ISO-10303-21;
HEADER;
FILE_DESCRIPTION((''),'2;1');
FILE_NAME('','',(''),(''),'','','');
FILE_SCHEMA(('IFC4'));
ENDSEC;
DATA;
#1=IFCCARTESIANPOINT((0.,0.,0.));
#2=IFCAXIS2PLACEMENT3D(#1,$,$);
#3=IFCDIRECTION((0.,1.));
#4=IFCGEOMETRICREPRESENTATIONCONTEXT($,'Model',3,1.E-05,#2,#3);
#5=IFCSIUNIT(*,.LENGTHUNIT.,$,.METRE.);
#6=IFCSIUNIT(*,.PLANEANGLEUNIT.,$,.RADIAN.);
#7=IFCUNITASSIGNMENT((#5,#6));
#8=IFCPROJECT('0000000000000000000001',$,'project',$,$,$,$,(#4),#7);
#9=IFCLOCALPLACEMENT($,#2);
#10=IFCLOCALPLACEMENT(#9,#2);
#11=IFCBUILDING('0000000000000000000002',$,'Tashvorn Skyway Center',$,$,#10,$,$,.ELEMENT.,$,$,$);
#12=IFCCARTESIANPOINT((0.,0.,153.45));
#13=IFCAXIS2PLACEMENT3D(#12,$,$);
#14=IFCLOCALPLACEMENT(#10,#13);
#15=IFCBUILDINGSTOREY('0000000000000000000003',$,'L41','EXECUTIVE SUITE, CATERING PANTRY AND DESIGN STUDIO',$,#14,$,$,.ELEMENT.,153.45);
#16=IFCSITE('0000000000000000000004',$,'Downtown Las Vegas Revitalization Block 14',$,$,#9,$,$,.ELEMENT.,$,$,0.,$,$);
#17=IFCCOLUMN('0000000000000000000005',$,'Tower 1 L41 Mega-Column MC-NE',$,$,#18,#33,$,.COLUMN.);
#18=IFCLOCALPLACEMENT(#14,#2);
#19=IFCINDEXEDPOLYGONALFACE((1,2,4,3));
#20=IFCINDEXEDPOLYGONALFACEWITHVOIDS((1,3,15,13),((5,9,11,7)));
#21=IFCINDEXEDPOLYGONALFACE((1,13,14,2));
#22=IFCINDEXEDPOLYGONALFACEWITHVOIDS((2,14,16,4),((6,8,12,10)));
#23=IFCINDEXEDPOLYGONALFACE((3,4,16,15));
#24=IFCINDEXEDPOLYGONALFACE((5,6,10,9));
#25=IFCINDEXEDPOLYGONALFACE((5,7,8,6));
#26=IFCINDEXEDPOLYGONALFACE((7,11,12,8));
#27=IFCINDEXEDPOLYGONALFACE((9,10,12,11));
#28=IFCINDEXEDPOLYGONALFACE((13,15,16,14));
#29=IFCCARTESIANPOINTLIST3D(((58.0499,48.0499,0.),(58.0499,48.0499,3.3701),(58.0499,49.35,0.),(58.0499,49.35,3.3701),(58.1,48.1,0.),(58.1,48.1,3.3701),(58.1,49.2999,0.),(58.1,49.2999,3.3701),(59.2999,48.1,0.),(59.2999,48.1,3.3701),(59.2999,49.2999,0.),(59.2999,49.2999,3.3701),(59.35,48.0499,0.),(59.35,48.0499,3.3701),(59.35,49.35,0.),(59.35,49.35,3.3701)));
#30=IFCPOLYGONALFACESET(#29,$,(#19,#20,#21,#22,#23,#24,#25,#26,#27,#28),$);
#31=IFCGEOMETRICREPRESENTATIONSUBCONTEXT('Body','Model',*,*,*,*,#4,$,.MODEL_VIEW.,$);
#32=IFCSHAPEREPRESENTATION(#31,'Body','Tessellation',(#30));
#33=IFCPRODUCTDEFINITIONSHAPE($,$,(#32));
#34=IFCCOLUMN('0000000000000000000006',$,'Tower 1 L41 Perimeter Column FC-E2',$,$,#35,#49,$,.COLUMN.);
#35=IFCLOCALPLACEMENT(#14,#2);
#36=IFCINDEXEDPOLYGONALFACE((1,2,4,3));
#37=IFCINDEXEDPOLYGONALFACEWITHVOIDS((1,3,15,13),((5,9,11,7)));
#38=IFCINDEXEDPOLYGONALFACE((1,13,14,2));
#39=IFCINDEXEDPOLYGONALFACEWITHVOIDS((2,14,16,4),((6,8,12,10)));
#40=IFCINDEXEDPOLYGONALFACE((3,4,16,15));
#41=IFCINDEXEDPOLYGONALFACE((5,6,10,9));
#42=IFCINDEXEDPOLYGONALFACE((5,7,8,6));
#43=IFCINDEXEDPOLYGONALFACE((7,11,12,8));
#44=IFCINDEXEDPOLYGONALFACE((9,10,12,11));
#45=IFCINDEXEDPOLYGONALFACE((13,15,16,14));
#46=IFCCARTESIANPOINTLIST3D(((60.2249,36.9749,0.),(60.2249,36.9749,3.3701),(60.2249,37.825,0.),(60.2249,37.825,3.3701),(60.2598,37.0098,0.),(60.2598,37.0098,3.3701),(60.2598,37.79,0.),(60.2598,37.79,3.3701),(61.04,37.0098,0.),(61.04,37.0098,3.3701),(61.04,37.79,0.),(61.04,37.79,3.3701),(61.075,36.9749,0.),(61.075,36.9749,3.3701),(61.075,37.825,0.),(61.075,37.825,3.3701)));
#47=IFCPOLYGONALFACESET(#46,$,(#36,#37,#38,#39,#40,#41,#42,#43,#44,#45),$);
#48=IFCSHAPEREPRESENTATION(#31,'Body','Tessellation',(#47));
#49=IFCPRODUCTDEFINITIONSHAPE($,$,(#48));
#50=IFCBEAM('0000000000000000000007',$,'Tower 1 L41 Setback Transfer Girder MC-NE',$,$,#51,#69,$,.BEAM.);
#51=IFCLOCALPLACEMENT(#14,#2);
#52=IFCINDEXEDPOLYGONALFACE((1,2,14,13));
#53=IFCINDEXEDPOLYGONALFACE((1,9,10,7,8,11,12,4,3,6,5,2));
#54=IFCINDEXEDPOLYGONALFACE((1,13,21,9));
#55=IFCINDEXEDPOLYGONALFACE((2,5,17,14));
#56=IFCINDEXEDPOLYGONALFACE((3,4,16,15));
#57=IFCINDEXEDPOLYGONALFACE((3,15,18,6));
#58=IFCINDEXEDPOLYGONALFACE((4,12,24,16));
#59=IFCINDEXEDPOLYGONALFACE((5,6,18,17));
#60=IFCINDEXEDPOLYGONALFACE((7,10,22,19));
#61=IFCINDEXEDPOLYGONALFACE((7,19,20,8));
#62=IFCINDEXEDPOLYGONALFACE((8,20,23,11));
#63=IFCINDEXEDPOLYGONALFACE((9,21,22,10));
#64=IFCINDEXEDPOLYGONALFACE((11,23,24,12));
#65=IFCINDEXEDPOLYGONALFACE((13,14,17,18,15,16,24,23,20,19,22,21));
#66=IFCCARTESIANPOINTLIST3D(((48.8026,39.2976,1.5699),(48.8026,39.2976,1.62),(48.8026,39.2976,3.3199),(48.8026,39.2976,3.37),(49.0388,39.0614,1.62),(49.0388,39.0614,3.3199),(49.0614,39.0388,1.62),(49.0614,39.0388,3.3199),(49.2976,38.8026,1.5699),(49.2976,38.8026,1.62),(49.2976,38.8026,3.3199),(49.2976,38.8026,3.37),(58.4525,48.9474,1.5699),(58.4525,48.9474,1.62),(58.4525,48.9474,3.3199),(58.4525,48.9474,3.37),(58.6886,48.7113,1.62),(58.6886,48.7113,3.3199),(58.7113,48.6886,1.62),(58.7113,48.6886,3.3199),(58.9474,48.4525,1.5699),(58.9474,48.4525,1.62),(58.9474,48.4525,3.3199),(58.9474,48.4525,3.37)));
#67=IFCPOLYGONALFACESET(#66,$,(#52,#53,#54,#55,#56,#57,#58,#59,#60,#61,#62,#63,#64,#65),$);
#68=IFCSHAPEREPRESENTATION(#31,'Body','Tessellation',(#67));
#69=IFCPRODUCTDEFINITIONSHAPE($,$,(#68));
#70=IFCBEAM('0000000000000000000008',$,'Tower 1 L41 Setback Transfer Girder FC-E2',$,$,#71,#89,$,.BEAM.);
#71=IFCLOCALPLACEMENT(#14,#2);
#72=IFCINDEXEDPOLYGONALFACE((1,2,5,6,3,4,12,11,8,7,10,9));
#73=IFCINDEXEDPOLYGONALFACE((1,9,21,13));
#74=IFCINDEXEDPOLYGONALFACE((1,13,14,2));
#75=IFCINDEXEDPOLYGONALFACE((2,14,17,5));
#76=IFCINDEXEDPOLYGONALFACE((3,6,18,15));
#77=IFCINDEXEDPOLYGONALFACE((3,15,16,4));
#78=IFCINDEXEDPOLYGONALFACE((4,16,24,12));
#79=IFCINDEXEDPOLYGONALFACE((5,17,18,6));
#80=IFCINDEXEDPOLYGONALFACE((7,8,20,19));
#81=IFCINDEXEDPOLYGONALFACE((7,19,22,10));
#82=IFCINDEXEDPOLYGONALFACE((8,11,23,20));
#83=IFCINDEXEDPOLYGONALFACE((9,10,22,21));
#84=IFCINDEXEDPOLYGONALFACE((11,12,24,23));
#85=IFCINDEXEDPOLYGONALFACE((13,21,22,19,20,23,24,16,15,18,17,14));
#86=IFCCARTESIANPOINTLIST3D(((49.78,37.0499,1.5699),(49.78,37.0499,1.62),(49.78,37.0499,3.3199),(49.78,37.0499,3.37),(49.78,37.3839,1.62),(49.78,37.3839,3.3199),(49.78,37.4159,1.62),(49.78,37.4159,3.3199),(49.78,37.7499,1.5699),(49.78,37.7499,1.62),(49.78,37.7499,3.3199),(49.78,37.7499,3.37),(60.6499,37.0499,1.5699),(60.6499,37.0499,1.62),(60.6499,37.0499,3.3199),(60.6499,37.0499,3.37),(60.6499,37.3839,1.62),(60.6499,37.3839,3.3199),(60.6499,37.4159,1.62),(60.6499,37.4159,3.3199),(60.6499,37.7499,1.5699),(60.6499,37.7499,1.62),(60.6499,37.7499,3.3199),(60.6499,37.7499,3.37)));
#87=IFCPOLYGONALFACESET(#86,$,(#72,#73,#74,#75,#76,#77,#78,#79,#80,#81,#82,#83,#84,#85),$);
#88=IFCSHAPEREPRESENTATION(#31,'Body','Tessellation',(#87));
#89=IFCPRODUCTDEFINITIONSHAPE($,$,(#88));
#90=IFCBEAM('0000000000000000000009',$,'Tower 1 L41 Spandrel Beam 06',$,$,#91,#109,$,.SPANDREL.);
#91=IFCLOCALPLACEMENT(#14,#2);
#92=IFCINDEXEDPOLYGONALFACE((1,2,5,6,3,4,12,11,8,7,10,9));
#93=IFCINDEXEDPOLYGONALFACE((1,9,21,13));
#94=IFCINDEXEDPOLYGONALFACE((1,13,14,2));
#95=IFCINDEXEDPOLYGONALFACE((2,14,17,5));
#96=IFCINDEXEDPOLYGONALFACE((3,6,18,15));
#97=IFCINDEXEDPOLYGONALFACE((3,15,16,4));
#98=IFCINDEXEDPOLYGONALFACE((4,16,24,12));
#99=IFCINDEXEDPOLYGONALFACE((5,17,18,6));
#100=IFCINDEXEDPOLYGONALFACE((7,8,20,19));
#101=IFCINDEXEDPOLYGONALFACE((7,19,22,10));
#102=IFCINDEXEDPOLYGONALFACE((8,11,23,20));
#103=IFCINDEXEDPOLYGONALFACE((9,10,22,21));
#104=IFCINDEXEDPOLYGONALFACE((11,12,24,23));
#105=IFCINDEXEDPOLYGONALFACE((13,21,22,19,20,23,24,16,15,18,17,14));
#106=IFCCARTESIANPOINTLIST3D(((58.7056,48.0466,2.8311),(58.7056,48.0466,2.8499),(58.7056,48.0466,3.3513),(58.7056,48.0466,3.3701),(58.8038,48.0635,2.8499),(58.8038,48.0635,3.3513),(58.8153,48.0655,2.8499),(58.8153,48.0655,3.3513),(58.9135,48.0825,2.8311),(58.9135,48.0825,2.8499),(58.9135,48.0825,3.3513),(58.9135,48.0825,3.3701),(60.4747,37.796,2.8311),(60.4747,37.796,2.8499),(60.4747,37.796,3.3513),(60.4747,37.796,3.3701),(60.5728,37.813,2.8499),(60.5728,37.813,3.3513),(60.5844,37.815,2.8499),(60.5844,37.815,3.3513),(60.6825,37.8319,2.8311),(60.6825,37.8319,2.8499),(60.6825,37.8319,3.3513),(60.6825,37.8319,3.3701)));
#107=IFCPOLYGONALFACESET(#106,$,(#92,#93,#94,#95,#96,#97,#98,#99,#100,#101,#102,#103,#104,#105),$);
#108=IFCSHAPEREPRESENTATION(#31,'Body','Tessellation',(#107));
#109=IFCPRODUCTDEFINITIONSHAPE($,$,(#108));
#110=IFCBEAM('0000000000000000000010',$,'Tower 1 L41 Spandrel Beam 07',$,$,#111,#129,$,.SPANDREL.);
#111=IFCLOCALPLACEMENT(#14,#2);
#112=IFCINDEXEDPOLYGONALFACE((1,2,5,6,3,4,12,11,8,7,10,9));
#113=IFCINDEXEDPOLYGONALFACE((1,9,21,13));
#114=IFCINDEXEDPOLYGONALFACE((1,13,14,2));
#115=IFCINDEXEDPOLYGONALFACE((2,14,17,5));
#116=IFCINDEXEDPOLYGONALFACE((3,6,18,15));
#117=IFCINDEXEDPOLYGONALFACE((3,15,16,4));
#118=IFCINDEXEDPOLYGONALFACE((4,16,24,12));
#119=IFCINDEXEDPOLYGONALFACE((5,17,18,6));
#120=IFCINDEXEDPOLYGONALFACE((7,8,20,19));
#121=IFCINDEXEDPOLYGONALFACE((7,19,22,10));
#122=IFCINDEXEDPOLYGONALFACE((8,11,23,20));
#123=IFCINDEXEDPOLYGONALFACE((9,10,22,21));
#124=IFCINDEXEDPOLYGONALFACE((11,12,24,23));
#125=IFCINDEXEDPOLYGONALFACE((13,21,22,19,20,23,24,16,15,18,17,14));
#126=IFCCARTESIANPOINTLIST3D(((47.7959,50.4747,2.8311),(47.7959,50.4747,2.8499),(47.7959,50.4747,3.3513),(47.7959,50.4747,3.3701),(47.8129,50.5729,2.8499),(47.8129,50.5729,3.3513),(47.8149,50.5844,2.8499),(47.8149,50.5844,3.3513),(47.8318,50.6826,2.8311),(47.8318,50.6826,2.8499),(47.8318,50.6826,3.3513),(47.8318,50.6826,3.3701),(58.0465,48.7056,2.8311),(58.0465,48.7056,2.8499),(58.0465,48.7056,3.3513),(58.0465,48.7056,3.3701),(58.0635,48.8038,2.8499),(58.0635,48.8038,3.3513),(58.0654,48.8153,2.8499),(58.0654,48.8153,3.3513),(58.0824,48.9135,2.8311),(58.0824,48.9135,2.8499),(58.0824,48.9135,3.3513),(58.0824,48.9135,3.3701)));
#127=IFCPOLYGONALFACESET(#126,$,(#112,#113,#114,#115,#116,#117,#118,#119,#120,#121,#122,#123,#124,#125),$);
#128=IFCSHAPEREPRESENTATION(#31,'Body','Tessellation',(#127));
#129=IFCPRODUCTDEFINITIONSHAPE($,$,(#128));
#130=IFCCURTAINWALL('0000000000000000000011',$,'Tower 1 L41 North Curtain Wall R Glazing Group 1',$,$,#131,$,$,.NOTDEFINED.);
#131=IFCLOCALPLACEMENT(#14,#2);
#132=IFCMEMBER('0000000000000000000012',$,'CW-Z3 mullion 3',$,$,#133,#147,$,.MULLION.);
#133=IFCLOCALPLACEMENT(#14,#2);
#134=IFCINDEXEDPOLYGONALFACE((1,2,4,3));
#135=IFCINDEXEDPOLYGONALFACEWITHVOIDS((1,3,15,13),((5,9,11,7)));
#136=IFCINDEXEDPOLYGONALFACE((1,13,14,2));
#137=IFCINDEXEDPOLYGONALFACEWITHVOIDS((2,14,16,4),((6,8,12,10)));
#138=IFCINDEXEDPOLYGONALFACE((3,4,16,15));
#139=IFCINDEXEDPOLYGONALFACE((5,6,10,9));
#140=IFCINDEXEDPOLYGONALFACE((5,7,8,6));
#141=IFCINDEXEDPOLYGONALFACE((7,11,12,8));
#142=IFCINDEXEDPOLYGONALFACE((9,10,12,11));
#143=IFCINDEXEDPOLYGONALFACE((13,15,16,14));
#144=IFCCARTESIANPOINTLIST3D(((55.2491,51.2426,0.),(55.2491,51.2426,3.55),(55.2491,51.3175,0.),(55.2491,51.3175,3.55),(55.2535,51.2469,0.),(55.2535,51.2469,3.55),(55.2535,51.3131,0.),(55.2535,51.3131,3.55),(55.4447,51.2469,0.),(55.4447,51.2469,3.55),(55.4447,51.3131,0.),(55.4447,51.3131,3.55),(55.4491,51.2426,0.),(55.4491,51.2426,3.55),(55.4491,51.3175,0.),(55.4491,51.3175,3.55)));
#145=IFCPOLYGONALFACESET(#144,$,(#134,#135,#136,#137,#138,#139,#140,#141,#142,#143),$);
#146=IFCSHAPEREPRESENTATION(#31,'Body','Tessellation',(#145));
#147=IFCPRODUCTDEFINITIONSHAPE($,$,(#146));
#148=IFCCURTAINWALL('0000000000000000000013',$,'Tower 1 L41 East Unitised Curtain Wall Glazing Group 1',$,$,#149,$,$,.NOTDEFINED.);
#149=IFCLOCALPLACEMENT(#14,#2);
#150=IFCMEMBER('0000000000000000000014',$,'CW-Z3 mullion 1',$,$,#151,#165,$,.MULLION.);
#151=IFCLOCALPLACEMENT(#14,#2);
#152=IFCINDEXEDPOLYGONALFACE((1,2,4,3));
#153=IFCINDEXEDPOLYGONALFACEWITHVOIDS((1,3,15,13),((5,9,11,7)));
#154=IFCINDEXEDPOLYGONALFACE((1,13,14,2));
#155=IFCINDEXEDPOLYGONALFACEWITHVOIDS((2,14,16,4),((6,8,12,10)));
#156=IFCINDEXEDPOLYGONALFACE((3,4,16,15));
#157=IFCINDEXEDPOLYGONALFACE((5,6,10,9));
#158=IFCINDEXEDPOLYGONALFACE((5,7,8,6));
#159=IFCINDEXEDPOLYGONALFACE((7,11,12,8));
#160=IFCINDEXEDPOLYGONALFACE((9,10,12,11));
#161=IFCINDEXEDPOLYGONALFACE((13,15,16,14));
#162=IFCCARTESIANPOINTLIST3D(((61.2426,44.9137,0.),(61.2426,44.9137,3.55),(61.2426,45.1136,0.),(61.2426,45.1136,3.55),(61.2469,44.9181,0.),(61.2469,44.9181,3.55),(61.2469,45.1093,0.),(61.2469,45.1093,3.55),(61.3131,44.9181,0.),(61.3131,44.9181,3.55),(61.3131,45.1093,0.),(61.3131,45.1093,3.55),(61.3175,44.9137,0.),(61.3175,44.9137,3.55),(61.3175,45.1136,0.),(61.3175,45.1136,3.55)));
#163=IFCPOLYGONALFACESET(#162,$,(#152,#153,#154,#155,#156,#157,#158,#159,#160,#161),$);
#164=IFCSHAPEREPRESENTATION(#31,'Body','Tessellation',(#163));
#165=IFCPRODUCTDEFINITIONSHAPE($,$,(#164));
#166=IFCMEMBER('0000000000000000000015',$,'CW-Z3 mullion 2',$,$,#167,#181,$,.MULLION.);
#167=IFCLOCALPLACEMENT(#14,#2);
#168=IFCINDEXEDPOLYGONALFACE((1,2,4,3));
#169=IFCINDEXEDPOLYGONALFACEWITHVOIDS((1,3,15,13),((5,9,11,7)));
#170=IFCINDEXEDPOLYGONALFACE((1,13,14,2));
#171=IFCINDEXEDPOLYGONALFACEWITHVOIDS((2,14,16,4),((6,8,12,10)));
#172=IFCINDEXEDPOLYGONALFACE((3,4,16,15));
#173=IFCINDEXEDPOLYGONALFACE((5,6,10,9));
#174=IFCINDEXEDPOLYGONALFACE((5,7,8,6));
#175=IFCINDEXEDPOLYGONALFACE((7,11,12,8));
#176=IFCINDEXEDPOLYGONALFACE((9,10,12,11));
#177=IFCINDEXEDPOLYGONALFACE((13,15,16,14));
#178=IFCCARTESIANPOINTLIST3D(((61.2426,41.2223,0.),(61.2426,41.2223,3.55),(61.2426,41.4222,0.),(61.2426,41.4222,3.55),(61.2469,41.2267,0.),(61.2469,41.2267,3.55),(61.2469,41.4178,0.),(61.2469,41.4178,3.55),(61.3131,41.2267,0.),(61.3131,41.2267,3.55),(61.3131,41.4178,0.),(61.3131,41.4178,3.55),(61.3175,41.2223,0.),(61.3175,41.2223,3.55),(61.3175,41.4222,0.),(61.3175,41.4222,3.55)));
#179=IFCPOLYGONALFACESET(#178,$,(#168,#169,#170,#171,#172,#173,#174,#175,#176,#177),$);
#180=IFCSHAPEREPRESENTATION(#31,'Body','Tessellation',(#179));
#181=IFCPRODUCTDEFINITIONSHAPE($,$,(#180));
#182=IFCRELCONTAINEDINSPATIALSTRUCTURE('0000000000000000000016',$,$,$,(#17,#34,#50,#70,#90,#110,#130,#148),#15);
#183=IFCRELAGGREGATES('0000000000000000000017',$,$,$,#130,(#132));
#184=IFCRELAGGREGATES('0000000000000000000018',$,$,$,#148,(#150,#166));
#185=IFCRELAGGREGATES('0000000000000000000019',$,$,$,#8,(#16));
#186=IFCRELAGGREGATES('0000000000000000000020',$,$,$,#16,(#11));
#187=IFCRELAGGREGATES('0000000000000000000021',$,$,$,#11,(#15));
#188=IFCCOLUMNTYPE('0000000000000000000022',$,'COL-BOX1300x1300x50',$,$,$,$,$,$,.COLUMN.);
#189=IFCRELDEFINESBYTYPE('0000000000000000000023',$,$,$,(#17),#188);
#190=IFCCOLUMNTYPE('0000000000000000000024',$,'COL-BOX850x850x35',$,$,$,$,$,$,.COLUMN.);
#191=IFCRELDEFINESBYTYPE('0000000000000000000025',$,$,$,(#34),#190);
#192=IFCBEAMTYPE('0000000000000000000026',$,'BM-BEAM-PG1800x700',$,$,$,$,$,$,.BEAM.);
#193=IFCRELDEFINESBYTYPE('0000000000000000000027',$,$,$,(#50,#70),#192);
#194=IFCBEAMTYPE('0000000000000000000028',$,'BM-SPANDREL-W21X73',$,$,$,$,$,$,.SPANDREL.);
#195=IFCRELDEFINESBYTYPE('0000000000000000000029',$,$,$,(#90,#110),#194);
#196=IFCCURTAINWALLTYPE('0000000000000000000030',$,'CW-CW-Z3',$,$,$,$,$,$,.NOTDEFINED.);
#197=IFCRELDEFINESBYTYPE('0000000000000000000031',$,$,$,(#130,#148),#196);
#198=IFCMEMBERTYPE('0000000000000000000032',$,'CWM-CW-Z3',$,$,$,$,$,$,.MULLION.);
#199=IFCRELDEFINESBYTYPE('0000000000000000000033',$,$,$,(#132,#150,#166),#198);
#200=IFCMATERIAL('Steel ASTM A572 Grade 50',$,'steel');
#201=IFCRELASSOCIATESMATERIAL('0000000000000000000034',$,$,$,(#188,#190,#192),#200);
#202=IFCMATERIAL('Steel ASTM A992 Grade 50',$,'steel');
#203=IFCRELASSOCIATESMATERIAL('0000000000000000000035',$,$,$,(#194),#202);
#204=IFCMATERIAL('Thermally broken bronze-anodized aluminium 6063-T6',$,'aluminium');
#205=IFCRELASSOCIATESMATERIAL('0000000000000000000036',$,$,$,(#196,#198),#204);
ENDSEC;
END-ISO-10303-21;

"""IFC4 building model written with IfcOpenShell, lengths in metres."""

from ifc_helpers import new_model, si_unit, direction, frame, origin, origin_2d, place, context, subcontext, project, spatial, hollow_rectangle, i_section, extrude, material, material_profile, profile_set, type_object, element, aggregate, save


model = new_model("IFC4")

# Units and contexts
model_context = context("Model", 3, precision=1e-05, world=origin(), true_north=direction((0.0, 1.0)))
body_context = subcontext(model_context, "Body", "Model", "MODEL_VIEW")
ifc_project = project(units=[si_unit("LENGTHUNIT", "METRE"), si_unit("PLANEANGLEUNIT", "RADIAN")], contexts=[model_context])

# Site, building, storey
site_placement = place(None, origin())
site = spatial("IfcSite", under=ifc_project, at=site_placement, Name="Downtown Las Vegas Revitalization Block 14", CompositionType="ELEMENT", RefElevation=0.0)
building_placement = place(site_placement, origin())
building = spatial("IfcBuilding", under=site, at=building_placement, Name="Tashvorn Skyway Center", CompositionType="ELEMENT")
storey_placement = place(building_placement, frame((0.0, 0.0, 153.45)))
storey = spatial("IfcBuildingStorey", under=building, at=storey_placement, Name="L41", Description="EXECUTIVE SUITE, CATERING PANTRY AND DESIGN STUDIO", CompositionType="ELEMENT", Elevation=153.45)

# Columns
ifc_material_1 = material(Name="Steel ASTM A572 Grade 50", Category="steel")
ifc_material_profile_1 = material_profile(ifc_material_1, hollow_rectangle(XDim=1.3, YDim=1.3, WallThickness=0.05, at=origin_2d()), Name="BOX1300x1300x50")
ifc_profile_set_1 = profile_set([ifc_material_profile_1], Name="Steel ASTM A572 Grade 50")
column_type_1 = type_object("IfcColumnType", Name="COL-BOX1300x1300x50", PredefinedType="COLUMN", material=ifc_profile_set_1)
column_1_placement = place(storey_placement, frame((58.7, 48.7, 0.0), z_axis=(0.0, 0.0, 1.0), x_axis=(1.0, 0.0, 0.0)))
element("IfcColumn", 1, at=column_1_placement, inside=storey, type_object=column_type_1, Name="Tower 1 L41 Mega-Column MC-NE", PredefinedType="COLUMN", context=body_context, shape_type="SweptSolid", body=[
    extrude(hollow_rectangle(XDim=1.3, YDim=1.3, WallThickness=0.05, at=origin_2d()), origin(), (0.0, 0.0, 1.0), 3.3701),
])
ifc_material_profile_2 = material_profile(ifc_material_1, hollow_rectangle(XDim=0.8501, YDim=0.8501, WallThickness=0.0349, at=origin_2d()), Name="BOX850x850x35")
ifc_profile_set_2 = profile_set([ifc_material_profile_2], Name="Steel ASTM A572 Grade 50")
column_type_2 = type_object("IfcColumnType", Name="COL-BOX850x850x35", PredefinedType="COLUMN", material=ifc_profile_set_2)
column_2_placement = place(storey_placement, frame((60.6499, 37.3999, 0.0), z_axis=(0.0, 0.0, 1.0), x_axis=(1.0, 0.0, 0.0)))
element("IfcColumn", 2, at=column_2_placement, inside=storey, type_object=column_type_2, Name="Tower 1 L41 Perimeter Column FC-E2", PredefinedType="COLUMN", context=body_context, shape_type="SweptSolid", body=[
    extrude(hollow_rectangle(XDim=0.8501, YDim=0.8501, WallThickness=0.0349, at=origin_2d()), origin(), (0.0, 0.0, 1.0), 3.3701),
])

# Beams
ifc_material_profile_3 = material_profile(ifc_material_1, i_section(OverallWidth=0.7, OverallDepth=1.8, WebThickness=0.032, FlangeThickness=0.05, at=origin_2d()), Name="PG1800x700")
ifc_profile_set_3 = profile_set([ifc_material_profile_3], Name="Steel ASTM A572 Grade 50")
beam_type_1 = type_object("IfcBeamType", Name="BM-BEAM-PG1800x700", PredefinedType="BEAM", material=ifc_profile_set_3)
beam_1_placement = place(storey_placement, frame((58.7, 48.7, 2.47), z_axis=(-0.707107, -0.707107, 0.0), x_axis=(0.707107, -0.707107, 0.0)))
element("IfcBeam", 3, at=beam_1_placement, inside=storey, type_object=beam_type_1, Name="Tower 1 L41 Setback Transfer Girder MC-NE", PredefinedType="BEAM", context=body_context, shape_type="SweptSolid", body=[
    extrude(i_section(OverallWidth=0.7, OverallDepth=1.8, WebThickness=0.032, FlangeThickness=0.05, at=origin_2d()), origin(), (0.0, 0.0, 1.0), 13.647),
])
beam_2_placement = place(storey_placement, frame((60.6499, 37.3999, 2.47), z_axis=(-1.0, 0.0, 0.0), x_axis=(0.0, -1.0, 0.0)))
element("IfcBeam", 4, at=beam_2_placement, inside=storey, type_object=beam_type_1, Name="Tower 1 L41 Setback Transfer Girder FC-E2", PredefinedType="BEAM", context=body_context, shape_type="SweptSolid", body=[
    extrude(i_section(OverallWidth=0.7, OverallDepth=1.8, WebThickness=0.032, FlangeThickness=0.05, at=origin_2d()), origin(), (0.0, 0.0, 1.0), 10.8699),
])
ifc_material_2 = material(Name="Steel ASTM A992 Grade 50", Category="steel")
ifc_material_profile_4 = material_profile(ifc_material_2, i_section(OverallWidth=0.2109, OverallDepth=0.5391, WebThickness=0.0117, FlangeThickness=0.0188, at=origin_2d()), Name="W21X73")
ifc_profile_set_4 = profile_set([ifc_material_profile_4], Name="Steel ASTM A992 Grade 50")
beam_type_2 = type_object("IfcBeamType", Name="BM-SPANDREL-W21X73", PredefinedType="SPANDREL", material=ifc_profile_set_4)
for number, where, z_axis, x_axis, name in (
    (5, (60.5786, 37.814, 3.1006), (-0.170067, 0.985432, 0.0), (-0.985432, -0.170067, 0.0), "Tower 1 L41 Spandrel Beam 06"),
    (6, (58.0645, 48.8096, 3.1006), (-0.985432, 0.170067, 0.0), (-0.170067, -0.985432, 0.0), "Tower 1 L41 Spandrel Beam 07"),
):
    element("IfcBeam", number, at=place(storey_placement, frame(where, z_axis=z_axis, x_axis=x_axis)), inside=storey, type_object=beam_type_2, Name=name, PredefinedType="SPANDREL", context=body_context, shape_type="SweptSolid", body=[
        extrude(i_section(OverallWidth=0.2109, OverallDepth=0.5391, WebThickness=0.0117, FlangeThickness=0.0188, at=origin_2d()), origin(), (0.0, 0.0, 1.0), 10.4021),
    ])

# Curtain wall, member
ifc_material_3 = material(Name="Thermally broken bronze-anodized aluminium 6063-T6", Category="aluminium")
curtain_wall_type = type_object("IfcCurtainWallType", Name="CW-CW-Z3", PredefinedType="NOTDEFINED", material=ifc_material_3)
curtain_wall_1_placement = place(storey_placement, origin())
curtain_wall_1 = element("IfcCurtainWall", 7, at=curtain_wall_1_placement, inside=storey, type_object=curtain_wall_type, Name="Tower 1 L41 North Curtain Wall R Glazing Group 1", PredefinedType="NOTDEFINED")
ifc_material_profile_5 = material_profile(ifc_material_3, hollow_rectangle(XDim=0.075, YDim=0.2, WallThickness=0.0044, at=origin_2d()), Name="ALU-MULL-75x200")
ifc_profile_set_5 = profile_set([ifc_material_profile_5], Name="Thermally broken bronze-anodized aluminium 6063-T6")
member_type_1 = type_object("IfcMemberType", Name="CWM-CW-Z3", PredefinedType="MULLION", material=ifc_profile_set_5)
member_1_placement = place(storey_placement, frame((55.3491, 51.28, 0.0), z_axis=(0.0, 0.0, 1.0), x_axis=(0.0, 1.0, 0.0)))
member_1 = element("IfcMember", 8, at=member_1_placement, type_object=member_type_1, Name="CW-Z3 mullion 3", PredefinedType="MULLION", context=body_context, shape_type="SweptSolid", body=[
    extrude(hollow_rectangle(XDim=0.075, YDim=0.2, WallThickness=0.0044, at=origin_2d()), origin(), (0.0, 0.0, 1.0), 3.55),
])

# Curtain wall, members
curtain_wall_2_placement = place(storey_placement, origin())
curtain_wall_2 = element("IfcCurtainWall", 9, at=curtain_wall_2_placement, inside=storey, type_object=curtain_wall_type, Name="Tower 1 L41 East Unitised Curtain Wall Glazing Group 1", PredefinedType="NOTDEFINED")
member_2_placement = place(storey_placement, frame((61.28, 45.0137, 0.0), z_axis=(0.0, 0.0, 1.0), x_axis=(1.0, 0.0, 0.0)))
member_2 = element("IfcMember", 10, at=member_2_placement, type_object=member_type_1, Name="CW-Z3 mullion 1", PredefinedType="MULLION", context=body_context, shape_type="SweptSolid", body=[
    extrude(hollow_rectangle(XDim=0.075, YDim=0.2, WallThickness=0.0044, at=origin_2d()), origin(), (0.0, 0.0, 1.0), 3.55),
])
member_3_placement = place(storey_placement, frame((61.28, 41.3223, 0.0), z_axis=(0.0, 0.0, 1.0), x_axis=(1.0, 0.0, 0.0)))
member_3 = element("IfcMember", 11, at=member_3_placement, type_object=member_type_1, Name="CW-Z3 mullion 2", PredefinedType="MULLION", context=body_context, shape_type="SweptSolid", body=[
    extrude(hollow_rectangle(XDim=0.075, YDim=0.2, WallThickness=0.0044, at=origin_2d()), origin(), (0.0, 0.0, 1.0), 3.55),
])

aggregate(curtain_wall_1, [member_1])
aggregate(curtain_wall_2, [member_2, member_3])

save(model, "model.ifc")
